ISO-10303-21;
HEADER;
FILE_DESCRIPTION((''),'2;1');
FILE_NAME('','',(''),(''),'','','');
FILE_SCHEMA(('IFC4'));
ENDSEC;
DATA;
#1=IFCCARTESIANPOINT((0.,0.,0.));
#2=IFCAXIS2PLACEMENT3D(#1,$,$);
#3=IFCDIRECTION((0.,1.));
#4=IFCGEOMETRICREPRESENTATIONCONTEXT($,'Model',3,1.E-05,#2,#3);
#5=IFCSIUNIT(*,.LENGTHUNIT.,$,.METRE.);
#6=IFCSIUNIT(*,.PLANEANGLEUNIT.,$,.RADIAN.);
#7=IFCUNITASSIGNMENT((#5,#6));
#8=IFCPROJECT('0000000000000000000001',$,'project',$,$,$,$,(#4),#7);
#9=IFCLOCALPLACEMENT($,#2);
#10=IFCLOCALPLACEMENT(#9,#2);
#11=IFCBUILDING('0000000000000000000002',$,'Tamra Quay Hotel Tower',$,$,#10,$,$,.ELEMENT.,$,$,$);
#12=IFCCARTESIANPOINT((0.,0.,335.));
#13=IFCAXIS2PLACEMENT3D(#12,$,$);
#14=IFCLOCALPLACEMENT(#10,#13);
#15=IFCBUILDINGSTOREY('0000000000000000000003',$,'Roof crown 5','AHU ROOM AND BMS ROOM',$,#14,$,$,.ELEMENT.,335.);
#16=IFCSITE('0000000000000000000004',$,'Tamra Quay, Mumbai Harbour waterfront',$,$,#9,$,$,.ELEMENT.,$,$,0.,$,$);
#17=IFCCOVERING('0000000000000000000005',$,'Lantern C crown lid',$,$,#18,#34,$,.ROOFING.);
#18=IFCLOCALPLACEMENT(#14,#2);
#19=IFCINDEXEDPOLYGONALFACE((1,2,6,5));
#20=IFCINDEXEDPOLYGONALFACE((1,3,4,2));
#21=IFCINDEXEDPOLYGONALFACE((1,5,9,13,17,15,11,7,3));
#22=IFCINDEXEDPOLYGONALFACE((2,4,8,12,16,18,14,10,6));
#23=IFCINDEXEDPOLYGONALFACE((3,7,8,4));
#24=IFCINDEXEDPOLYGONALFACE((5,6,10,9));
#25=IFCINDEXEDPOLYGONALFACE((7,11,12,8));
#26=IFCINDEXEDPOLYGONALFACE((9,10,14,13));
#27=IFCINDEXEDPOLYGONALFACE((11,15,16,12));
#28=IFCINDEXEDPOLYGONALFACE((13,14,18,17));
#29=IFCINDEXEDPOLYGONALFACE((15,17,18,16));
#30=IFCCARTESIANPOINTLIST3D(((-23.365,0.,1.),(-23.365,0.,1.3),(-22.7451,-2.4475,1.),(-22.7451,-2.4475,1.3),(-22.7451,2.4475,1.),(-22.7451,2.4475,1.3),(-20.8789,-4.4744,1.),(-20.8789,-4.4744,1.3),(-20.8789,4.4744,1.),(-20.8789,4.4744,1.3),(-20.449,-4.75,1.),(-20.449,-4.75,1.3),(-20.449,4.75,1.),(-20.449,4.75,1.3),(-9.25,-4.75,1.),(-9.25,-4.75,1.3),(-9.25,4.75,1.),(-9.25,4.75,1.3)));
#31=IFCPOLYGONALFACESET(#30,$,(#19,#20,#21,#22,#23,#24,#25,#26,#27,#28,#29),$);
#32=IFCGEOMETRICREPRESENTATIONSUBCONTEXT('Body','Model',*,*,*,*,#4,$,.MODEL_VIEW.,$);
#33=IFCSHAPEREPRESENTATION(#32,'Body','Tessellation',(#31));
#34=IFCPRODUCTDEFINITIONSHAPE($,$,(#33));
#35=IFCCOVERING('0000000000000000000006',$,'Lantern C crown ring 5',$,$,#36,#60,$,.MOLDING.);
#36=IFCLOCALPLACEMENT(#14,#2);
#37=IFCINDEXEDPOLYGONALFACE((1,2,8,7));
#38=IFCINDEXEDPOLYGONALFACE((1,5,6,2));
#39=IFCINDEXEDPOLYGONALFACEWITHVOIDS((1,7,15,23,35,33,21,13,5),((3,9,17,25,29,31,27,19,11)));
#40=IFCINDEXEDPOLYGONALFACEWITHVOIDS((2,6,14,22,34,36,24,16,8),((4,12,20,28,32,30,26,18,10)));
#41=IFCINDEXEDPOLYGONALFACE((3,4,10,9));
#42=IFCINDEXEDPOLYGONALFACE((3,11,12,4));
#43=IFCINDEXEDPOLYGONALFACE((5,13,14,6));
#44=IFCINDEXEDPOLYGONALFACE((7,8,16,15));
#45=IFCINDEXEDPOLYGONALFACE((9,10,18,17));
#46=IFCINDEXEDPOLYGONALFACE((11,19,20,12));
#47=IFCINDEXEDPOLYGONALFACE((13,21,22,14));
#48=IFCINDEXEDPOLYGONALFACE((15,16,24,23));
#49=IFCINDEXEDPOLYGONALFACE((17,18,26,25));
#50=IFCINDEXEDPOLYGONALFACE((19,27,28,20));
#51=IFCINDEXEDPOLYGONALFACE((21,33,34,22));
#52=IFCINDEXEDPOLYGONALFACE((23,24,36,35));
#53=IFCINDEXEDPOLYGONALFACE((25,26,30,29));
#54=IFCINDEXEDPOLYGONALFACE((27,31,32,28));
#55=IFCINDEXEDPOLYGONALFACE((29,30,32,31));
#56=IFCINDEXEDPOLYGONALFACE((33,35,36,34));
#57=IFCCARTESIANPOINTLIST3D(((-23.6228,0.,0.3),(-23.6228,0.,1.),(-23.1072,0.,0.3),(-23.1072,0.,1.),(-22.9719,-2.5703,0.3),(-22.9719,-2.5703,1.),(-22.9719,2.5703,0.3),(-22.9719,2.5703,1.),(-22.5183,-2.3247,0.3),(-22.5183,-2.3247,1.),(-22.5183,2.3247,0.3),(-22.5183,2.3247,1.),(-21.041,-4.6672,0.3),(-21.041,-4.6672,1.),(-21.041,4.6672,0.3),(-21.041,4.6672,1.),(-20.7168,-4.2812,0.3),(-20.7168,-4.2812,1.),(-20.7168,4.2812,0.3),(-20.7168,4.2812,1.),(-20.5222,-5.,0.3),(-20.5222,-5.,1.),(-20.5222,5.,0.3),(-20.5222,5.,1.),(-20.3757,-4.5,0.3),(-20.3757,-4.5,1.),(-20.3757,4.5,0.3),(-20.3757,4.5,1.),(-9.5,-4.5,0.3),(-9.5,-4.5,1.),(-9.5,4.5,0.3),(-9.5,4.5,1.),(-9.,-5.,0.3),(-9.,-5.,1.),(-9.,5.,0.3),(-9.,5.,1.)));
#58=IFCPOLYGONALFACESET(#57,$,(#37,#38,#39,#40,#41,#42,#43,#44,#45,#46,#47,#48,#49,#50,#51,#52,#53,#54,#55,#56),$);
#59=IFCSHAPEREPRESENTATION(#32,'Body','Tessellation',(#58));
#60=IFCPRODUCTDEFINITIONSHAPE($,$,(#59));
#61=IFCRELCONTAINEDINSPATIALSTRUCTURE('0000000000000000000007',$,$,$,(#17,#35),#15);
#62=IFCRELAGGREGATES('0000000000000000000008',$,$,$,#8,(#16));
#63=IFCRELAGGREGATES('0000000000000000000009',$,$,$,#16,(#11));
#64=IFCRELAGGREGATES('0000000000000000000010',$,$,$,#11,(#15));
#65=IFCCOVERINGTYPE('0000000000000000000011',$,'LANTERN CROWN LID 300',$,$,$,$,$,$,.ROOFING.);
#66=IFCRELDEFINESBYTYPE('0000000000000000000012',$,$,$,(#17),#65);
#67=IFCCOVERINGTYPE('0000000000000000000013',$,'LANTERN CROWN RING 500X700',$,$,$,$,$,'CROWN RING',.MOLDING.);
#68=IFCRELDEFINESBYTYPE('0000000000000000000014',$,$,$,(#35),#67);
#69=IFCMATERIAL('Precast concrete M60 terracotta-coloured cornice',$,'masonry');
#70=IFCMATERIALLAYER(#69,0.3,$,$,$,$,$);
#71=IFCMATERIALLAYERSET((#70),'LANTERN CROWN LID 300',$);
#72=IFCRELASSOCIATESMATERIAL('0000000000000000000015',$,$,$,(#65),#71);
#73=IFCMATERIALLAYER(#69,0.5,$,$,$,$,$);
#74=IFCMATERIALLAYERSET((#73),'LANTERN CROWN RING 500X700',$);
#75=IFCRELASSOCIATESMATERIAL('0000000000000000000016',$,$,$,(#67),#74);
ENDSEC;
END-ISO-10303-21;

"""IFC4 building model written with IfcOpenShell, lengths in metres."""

from ifc_helpers import new_model, si_unit, direction, frame, origin, place, context, subcontext, project, spatial, polyline, outline, extrude, material, layer, layer_set, type_object, element, save


model = new_model("IFC4")

# Units and contexts
model_context = context("Model", 3, precision=1e-05, world=origin(), true_north=direction((0.0, 1.0)))
body_context = subcontext(model_context, "Body", "Model", "MODEL_VIEW")
ifc_project = project(units=[si_unit("LENGTHUNIT", "METRE"), si_unit("PLANEANGLEUNIT", "RADIAN")], contexts=[model_context])

# Site, building, storey
site_placement = place(None, origin())
site = spatial("IfcSite", under=ifc_project, at=site_placement, Name="Tamra Quay, Mumbai Harbour waterfront", CompositionType="ELEMENT", RefElevation=0.0)
building_placement = place(site_placement, origin())
building = spatial("IfcBuilding", under=site, at=building_placement, Name="Tamra Quay Hotel Tower", CompositionType="ELEMENT")
storey_placement = place(building_placement, frame((0.0, 0.0, 335.0)))
storey = spatial("IfcBuildingStorey", under=building, at=storey_placement, Name="Roof crown 5", Description="AHU ROOM AND BMS ROOM", CompositionType="ELEMENT", Elevation=335.0)

# Coverings
ifc_material_1 = material(Name="Precast concrete M60 terracotta-coloured cornice", Category="masonry")
ifc_layer_1 = layer(ifc_material_1, 0.3)
ifc_layer_set_1 = layer_set([ifc_layer_1], Name="LANTERN CROWN LID 300")
covering_type_1 = type_object("IfcCoveringType", Name="LANTERN CROWN LID 300", PredefinedType="ROOFING", material=ifc_layer_set_1)
covering_1_placement = place(storey_placement, frame((0.0, 0.0, 1.0)))
element("IfcCovering", 1, at=covering_1_placement, inside=storey, type_object=covering_type_1, Name="Lantern C crown lid", PredefinedType="ROOFING", context=body_context, shape_type="SweptSolid", body=[
    extrude(outline(polyline([(-20.8789, -4.4744), (-20.449, -4.75), (-9.25, -4.75), (-9.25, 4.75), (-20.449, 4.75), (-20.8789, 4.4744), (-22.7451, 2.4475), (-23.365, 0.0), (-22.7451, -2.4475), (-20.8789, -4.4744)])), origin(), (0.0, 0.0, 1.0), 0.3),
])
ifc_layer_2 = layer(ifc_material_1, 0.5)
ifc_layer_set_2 = layer_set([ifc_layer_2], Name="LANTERN CROWN RING 500X700")
covering_type_2 = type_object("IfcCoveringType", Name="LANTERN CROWN RING 500X700", ElementType="CROWN RING", PredefinedType="MOLDING", material=ifc_layer_set_2)
covering_2_placement = place(storey_placement, frame((0.0, 0.0, 0.3)))
element("IfcCovering", 2, at=covering_2_placement, inside=storey, type_object=covering_type_2, Name="Lantern C crown ring 5", PredefinedType="MOLDING", context=body_context, shape_type="SweptSolid", body=[
    extrude(outline(polyline([(-21.041, -4.6672), (-20.5222, -5.0), (-9.0, -5.0), (-9.0, 5.0), (-20.5222, 5.0), (-21.041, 4.6672), (-22.9719, 2.5703), (-23.6228, 0.0), (-22.9719, -2.5703), (-21.041, -4.6672)]), holes=[polyline([(-20.7168, -4.2812), (-20.3757, -4.5), (-9.5, -4.5), (-9.5, 4.5), (-20.3757, 4.5), (-20.7168, 4.2812), (-22.5183, 2.3247), (-23.1072, 0.0), (-22.5183, -2.3247), (-20.7168, -4.2812)])]), origin(), (0.0, 0.0, 1.0), 0.7),
])

save(model, "model.ifc")
